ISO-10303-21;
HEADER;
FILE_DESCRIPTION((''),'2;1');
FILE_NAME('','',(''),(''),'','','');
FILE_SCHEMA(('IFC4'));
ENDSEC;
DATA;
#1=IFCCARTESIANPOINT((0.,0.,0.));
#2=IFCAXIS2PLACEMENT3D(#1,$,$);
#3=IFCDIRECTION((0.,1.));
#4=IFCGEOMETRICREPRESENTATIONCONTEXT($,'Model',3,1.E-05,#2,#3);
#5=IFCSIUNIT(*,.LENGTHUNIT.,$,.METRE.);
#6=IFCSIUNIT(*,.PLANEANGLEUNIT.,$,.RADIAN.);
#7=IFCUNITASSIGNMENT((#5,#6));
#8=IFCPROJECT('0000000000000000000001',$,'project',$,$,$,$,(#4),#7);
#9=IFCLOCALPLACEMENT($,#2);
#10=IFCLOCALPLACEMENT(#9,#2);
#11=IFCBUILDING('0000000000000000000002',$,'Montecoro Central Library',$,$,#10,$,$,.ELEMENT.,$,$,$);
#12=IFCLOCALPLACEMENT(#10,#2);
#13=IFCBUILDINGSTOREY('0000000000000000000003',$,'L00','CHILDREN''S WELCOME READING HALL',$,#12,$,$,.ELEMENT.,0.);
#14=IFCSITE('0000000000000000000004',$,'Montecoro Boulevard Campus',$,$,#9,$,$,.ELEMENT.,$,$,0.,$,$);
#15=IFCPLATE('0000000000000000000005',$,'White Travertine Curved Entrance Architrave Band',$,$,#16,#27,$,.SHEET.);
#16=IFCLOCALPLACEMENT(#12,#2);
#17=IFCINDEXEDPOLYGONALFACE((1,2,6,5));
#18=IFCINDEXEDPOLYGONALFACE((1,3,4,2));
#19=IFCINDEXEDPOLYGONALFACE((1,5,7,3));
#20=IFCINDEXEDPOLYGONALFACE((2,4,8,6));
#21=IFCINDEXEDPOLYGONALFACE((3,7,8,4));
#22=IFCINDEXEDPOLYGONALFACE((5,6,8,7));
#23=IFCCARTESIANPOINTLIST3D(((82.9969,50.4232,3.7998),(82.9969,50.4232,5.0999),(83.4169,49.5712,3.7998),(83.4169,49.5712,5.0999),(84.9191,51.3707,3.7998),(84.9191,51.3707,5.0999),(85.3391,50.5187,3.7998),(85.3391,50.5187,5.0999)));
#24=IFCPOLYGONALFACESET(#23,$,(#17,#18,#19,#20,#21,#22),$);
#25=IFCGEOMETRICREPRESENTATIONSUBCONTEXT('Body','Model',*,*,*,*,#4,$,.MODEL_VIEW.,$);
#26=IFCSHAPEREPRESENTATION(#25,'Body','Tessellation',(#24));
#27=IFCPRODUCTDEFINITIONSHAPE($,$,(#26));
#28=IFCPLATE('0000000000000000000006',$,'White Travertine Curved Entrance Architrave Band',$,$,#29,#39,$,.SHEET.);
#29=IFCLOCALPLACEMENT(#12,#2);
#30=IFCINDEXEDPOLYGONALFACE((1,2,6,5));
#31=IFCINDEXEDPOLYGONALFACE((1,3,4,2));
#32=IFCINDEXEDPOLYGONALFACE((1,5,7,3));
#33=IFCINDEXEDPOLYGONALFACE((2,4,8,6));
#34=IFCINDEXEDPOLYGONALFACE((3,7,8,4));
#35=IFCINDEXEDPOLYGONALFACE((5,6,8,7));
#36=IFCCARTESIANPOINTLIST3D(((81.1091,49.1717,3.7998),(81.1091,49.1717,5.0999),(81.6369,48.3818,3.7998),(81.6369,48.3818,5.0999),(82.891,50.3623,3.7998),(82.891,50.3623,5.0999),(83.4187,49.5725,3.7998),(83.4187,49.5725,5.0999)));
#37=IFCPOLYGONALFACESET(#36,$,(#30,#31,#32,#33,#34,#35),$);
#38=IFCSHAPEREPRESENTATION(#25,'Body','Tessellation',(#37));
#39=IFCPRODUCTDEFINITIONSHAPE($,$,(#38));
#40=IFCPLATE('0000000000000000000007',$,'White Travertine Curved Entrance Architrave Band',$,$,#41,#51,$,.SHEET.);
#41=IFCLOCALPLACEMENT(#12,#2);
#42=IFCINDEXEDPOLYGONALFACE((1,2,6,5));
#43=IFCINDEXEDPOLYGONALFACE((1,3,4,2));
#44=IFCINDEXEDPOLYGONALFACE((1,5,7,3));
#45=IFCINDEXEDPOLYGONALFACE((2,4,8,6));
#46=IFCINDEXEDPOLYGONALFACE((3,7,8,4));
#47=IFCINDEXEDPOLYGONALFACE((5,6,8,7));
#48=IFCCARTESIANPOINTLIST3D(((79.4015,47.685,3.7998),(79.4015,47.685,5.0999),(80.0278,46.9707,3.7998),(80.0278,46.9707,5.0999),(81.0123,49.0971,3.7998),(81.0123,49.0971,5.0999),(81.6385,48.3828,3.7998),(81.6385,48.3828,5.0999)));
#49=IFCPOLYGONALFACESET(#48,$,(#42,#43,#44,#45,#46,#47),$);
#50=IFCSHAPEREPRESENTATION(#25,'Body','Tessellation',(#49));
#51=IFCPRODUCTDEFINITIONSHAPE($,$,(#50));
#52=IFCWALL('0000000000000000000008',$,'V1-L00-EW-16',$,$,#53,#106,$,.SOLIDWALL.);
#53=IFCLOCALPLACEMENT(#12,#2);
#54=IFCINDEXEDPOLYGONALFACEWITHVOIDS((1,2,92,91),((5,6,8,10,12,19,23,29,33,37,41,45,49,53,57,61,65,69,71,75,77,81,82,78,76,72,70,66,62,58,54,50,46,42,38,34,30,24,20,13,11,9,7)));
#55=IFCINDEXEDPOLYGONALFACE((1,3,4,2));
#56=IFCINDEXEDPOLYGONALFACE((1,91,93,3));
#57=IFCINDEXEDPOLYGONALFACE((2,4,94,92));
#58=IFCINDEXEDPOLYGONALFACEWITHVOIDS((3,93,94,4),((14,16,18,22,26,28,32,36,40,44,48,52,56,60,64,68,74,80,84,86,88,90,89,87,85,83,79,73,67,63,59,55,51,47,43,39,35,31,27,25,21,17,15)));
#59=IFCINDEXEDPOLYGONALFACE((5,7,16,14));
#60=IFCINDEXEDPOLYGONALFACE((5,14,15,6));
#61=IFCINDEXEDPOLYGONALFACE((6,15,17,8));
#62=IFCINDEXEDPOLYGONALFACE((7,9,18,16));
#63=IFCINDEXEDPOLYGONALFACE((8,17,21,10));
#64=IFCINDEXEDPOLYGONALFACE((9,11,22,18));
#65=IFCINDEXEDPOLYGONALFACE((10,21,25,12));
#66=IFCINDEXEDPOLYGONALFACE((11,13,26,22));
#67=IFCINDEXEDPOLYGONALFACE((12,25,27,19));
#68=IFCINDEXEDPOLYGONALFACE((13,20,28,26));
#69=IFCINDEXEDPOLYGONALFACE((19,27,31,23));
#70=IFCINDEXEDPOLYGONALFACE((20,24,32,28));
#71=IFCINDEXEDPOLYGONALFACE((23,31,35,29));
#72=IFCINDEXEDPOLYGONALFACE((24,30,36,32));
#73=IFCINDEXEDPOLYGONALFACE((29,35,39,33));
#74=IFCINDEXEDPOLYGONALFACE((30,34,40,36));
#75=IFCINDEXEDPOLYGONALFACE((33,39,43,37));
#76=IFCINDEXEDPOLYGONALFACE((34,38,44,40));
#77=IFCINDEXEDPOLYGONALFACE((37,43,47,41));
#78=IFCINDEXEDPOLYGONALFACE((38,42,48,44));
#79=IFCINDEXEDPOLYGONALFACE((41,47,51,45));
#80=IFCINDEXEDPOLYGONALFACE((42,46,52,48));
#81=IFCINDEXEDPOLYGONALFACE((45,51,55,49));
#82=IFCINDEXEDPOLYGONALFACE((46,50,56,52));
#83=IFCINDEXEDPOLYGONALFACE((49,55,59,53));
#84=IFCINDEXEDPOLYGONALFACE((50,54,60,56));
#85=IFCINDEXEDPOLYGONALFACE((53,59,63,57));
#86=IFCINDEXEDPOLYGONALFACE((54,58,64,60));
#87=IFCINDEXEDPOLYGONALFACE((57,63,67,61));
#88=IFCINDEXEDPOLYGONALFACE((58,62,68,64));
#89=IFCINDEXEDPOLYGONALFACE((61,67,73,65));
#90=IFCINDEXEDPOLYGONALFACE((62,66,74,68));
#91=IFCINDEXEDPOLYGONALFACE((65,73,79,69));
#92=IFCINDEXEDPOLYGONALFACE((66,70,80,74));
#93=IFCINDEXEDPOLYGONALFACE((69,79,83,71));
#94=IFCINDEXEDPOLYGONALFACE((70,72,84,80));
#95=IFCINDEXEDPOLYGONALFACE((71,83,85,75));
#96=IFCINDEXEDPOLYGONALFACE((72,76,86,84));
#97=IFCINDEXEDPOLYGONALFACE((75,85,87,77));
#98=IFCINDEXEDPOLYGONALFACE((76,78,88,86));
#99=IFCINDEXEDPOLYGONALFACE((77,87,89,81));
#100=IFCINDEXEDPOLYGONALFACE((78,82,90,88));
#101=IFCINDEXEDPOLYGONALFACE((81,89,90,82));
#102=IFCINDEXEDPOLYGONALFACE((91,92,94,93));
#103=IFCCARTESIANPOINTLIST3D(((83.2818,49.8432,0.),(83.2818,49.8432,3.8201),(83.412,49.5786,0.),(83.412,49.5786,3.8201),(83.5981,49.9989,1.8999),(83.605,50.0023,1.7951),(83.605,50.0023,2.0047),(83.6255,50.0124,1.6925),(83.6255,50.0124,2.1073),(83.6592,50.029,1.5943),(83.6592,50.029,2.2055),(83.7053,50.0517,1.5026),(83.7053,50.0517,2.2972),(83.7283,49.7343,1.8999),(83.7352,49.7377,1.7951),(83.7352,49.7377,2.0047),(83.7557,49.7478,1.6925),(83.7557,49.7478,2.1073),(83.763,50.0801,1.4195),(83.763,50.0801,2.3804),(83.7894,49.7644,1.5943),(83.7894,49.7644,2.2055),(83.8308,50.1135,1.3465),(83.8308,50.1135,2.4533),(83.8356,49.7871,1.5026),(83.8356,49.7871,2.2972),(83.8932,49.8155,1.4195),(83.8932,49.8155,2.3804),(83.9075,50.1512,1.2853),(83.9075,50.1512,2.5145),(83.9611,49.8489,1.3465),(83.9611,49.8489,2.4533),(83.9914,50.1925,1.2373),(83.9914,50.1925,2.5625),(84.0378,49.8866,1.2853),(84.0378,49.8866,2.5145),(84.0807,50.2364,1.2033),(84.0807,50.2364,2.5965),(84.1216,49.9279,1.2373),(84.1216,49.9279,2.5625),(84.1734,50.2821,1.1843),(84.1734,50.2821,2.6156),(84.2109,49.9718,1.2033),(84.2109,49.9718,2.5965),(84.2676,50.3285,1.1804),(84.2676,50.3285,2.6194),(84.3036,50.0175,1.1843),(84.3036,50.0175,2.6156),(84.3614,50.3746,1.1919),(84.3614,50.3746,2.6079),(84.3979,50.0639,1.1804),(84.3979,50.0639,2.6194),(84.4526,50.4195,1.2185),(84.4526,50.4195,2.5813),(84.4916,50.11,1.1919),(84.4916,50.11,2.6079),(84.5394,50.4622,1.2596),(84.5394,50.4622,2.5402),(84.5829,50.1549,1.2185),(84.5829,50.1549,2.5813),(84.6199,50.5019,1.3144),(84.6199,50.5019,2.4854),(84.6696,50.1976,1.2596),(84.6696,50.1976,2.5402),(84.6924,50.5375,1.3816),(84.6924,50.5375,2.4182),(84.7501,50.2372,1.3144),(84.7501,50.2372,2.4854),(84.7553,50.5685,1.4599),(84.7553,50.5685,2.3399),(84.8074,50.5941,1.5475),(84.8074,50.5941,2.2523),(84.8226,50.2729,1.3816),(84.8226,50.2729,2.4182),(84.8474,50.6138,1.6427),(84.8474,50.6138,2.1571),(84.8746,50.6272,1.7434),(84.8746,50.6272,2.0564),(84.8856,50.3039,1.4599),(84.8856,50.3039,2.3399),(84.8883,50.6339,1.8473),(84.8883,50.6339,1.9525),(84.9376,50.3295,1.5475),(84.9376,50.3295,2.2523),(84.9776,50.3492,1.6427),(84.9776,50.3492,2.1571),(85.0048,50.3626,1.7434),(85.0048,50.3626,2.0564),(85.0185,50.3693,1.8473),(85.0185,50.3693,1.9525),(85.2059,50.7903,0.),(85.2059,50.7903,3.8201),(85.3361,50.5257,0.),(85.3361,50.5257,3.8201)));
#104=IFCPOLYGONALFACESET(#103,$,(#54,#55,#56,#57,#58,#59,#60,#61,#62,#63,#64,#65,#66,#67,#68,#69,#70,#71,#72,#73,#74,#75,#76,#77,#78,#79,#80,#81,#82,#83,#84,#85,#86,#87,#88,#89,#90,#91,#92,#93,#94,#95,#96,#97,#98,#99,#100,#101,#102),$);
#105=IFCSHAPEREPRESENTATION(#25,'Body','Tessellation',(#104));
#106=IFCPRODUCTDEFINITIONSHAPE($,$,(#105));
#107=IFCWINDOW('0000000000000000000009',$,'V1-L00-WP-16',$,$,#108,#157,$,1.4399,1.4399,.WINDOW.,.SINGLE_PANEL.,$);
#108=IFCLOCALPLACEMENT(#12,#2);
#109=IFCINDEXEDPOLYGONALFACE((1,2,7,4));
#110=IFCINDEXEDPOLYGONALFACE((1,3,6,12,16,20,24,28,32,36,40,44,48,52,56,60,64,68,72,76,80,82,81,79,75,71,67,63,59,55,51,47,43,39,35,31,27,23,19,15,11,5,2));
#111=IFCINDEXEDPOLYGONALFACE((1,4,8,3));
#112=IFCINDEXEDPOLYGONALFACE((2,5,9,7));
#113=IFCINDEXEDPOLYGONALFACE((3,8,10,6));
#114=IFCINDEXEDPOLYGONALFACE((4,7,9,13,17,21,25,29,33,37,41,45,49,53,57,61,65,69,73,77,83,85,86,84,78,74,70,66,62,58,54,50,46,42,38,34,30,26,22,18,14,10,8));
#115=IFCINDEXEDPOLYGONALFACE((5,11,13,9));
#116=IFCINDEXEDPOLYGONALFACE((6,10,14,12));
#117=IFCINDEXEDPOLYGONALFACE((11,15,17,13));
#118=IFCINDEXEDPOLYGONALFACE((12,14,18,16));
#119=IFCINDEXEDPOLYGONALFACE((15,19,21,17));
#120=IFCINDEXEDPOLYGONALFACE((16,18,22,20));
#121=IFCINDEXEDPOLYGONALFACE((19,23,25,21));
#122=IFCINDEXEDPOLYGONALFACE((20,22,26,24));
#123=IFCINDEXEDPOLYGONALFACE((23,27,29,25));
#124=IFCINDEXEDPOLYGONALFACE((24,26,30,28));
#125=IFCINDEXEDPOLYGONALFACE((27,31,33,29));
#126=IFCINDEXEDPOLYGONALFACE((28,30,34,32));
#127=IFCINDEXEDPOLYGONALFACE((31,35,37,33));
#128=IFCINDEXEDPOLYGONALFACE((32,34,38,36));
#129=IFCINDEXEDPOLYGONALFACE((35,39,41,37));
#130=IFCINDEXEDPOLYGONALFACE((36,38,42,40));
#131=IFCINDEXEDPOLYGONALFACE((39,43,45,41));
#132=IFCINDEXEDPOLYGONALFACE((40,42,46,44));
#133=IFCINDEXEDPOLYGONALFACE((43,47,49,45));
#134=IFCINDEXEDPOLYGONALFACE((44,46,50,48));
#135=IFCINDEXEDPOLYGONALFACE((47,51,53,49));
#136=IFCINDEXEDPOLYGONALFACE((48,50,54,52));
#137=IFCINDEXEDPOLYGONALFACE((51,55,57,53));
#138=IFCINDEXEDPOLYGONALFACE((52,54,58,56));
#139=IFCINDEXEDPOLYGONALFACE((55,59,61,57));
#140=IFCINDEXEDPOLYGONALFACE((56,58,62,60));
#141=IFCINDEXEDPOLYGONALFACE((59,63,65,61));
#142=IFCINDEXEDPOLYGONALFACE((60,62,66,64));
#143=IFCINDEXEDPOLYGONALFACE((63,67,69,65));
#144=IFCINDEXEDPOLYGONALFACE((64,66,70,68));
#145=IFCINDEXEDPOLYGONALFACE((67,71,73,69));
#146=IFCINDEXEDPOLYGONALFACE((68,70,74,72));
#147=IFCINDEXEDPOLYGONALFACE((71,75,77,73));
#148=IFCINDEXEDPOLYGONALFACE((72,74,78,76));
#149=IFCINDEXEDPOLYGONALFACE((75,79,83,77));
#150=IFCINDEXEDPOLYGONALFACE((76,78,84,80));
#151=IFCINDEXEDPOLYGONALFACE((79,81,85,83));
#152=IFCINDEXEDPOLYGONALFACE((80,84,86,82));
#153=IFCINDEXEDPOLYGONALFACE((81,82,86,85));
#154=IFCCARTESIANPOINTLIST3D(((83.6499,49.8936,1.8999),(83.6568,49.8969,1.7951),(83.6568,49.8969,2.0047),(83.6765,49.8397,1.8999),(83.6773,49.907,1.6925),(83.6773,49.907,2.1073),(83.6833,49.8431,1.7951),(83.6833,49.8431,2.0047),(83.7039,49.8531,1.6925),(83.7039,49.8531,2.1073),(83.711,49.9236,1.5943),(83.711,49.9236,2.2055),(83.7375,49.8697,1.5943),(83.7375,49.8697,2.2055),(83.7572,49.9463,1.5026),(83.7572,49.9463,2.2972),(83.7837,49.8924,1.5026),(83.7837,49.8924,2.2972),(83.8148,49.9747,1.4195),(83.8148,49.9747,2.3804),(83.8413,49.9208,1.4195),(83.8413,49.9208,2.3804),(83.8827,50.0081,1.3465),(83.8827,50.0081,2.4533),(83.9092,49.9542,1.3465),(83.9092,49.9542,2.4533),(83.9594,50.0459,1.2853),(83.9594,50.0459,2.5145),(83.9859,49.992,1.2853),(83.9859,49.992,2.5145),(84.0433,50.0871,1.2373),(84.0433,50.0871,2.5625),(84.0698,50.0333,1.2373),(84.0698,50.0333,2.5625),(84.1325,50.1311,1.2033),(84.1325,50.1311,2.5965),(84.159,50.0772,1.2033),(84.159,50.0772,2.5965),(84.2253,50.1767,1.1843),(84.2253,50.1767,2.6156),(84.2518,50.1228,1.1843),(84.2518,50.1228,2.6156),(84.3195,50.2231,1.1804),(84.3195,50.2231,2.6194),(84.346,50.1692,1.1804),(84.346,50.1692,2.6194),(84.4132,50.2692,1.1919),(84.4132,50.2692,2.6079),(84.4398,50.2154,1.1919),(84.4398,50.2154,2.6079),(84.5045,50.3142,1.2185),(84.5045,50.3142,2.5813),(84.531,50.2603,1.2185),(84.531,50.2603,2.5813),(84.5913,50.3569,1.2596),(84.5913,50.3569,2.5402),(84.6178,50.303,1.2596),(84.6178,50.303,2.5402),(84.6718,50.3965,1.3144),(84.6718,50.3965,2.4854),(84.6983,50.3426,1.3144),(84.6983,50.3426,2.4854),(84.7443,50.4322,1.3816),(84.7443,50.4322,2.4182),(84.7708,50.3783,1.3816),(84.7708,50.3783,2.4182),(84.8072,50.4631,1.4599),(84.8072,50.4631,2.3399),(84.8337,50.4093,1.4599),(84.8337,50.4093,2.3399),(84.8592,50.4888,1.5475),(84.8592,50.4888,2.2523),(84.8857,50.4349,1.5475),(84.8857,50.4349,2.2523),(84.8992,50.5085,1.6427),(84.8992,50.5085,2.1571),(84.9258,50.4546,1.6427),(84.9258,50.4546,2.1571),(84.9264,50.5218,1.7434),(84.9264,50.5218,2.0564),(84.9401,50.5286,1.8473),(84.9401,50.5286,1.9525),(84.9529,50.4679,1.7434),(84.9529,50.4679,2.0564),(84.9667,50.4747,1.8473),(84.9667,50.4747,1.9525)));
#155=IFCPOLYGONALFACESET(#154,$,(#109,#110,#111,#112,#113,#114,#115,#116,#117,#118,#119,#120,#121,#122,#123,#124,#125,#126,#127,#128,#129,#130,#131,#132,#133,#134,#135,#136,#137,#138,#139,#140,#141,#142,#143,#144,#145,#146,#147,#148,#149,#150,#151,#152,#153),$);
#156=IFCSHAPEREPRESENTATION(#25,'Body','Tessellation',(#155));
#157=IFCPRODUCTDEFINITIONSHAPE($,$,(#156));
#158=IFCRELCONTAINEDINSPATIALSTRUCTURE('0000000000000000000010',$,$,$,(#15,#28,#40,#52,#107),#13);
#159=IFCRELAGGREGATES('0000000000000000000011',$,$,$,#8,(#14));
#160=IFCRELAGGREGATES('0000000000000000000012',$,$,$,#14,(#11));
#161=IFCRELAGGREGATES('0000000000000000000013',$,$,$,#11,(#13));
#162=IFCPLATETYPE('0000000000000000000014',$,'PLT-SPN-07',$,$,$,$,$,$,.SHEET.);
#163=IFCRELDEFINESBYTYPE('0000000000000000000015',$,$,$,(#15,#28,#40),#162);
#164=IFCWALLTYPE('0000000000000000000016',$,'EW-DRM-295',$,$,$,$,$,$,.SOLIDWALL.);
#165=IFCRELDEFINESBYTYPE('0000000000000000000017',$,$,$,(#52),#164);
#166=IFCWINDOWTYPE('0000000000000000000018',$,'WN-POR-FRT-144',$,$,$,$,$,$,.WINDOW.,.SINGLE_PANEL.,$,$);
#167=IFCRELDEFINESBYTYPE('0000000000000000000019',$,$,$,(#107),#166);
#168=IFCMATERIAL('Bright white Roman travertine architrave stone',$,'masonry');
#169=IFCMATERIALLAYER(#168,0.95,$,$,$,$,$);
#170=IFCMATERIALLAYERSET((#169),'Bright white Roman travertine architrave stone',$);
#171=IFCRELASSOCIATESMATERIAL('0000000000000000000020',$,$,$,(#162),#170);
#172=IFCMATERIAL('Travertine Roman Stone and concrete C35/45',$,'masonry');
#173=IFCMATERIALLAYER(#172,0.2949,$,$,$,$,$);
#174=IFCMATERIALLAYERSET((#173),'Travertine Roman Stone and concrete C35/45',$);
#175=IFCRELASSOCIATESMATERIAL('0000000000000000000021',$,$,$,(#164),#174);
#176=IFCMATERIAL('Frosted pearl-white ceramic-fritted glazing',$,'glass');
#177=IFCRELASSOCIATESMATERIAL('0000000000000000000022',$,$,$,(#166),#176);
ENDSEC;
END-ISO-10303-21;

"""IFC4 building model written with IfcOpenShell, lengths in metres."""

from ifc_helpers import new_model, si_unit, direction, frame, frame_2d, origin, origin_2d, place, context, subcontext, project, spatial, rectangle, circle, extrude, material, layer, layer_set, type_object, element, fill, save


model = new_model("IFC4")

# Units and contexts
model_context = context("Model", 3, precision=1e-05, world=origin(), true_north=direction((0.0, 1.0)))
body_context = subcontext(model_context, "Body", "Model", "MODEL_VIEW")
ifc_project = project(units=[si_unit("LENGTHUNIT", "METRE"), si_unit("PLANEANGLEUNIT", "RADIAN")], contexts=[model_context])

# Site, building, storey
site_placement = place(None, origin())
site = spatial("IfcSite", under=ifc_project, at=site_placement, Name="Montecoro Boulevard Campus", CompositionType="ELEMENT", RefElevation=0.0)
building_placement = place(site_placement, origin())
building = spatial("IfcBuilding", under=site, at=building_placement, Name="Montecoro Central Library", CompositionType="ELEMENT")
storey_placement = place(building_placement, origin())
storey = spatial("IfcBuildingStorey", under=building, at=storey_placement, Name="L00", Description="CHILDREN'S WELCOME READING HALL", CompositionType="ELEMENT", Elevation=0.0)

# Plates
ifc_material_1 = material(Name="Bright white Roman travertine architrave stone", Category="masonry")
ifc_layer_1 = layer(ifc_material_1, 0.95)
ifc_layer_set_1 = layer_set([ifc_layer_1], Name="Bright white Roman travertine architrave stone")
plate_type = type_object("IfcPlateType", Name="PLT-SPN-07", PredefinedType="SHEET", material=ifc_layer_set_1)
for number, where, z_axis, x_axis, name in (
    (1, (84.168, 50.4709, 3.7998), (0.0, 0.0, 1.0), (-0.89695, -0.442132, 0.0), "White Travertine Curved Entrance Architrave Band"),
    (2, (82.2639, 49.3721, 3.7998), (0.0, 0.0, 1.0), (-0.83147, -0.55557, 0.0), "White Travertine Curved Entrance Architrave Band"),
):
    element("IfcPlate", number, at=place(storey_placement, frame(where, z_axis=z_axis, x_axis=x_axis)), inside=storey, type_object=plate_type, Name=name, PredefinedType="SHEET", context=body_context, shape_type="SweptSolid", body=[
        extrude(rectangle(XDim=2.1431, YDim=0.95, at=origin_2d()), origin(), (0.0, 0.0, 1.0), 1.3),
    ])
plate_placement = place(storey_placement, frame((80.52, 48.0339, 3.7998), z_axis=(0.0, 0.0, 1.0), x_axis=(-0.751955, -0.659215, 0.0)))
element("IfcPlate", 3, at=plate_placement, inside=storey, type_object=plate_type, Name="White Travertine Curved Entrance Architrave Band", PredefinedType="SHEET", context=body_context, shape_type="SweptSolid", body=[
    extrude(rectangle(XDim=2.1421, YDim=0.95, at=origin_2d()), origin(), (0.0, 0.0, 1.0), 1.3),
])

# Wall, opening, window
ifc_material_2 = material(Name="Travertine Roman Stone and concrete C35/45", Category="masonry")
ifc_layer_2 = layer(ifc_material_2, 0.2949)
ifc_layer_set_2 = layer_set([ifc_layer_2], Name="Travertine Roman Stone and concrete C35/45")
wall_type_1 = type_object("IfcWallType", Name="EW-DRM-295", PredefinedType="SOLIDWALL", material=ifc_layer_set_2)
wall_1_placement = place(storey_placement, frame((85.271, 50.658, 0.0), z_axis=(0.0, 0.0, 1.0), x_axis=(-0.89721, -0.441604, 0.0)))
wall_1 = element("IfcWall", 4, at=wall_1_placement, inside=storey, type_object=wall_type_1, Name="V1-L00-EW-16", PredefinedType="SOLIDWALL", context=body_context, shape_type="SweptSolid", body=[
    extrude(rectangle(XDim=2.1445, YDim=0.2949, at=frame_2d((1.0723, 0.0))), origin(), (0.0, 0.0, 1.0), 3.8201),
])
opening_1_placement = place(wall_1_placement, frame((0.3521, 0.0, 1.1799)))
opening_1 = element("IfcOpeningElement", 5, at=opening_1_placement, cuts=wall_1, PredefinedType="OPENING", context=body_context, shape_type="SweptSolid", body=[
    extrude(circle(Radius=0.72, at=frame_2d((0.72, 0.72))), frame((0.0, 0.1575, 0.0), z_axis=(0.0, -1.0, 0.0), x_axis=(1.0, 0.0, 0.0)), (0.0, 0.0, 1.0), 0.3149),
])
ifc_material_3 = material(Name="Frosted pearl-white ceramic-fritted glazing", Category="glass")
window_type_1 = type_object("IfcWindowType", Name="WN-POR-FRT-144", PartitioningType="SINGLE_PANEL", PredefinedType="WINDOW", material=ifc_material_3)
window_1_placement = place(opening_1_placement, origin())
window_1 = element("IfcWindow", 6, at=window_1_placement, inside=storey, type_object=window_type_1, Name="V1-L00-WP-16", OverallHeight=1.4399, OverallWidth=1.4399, PartitioningType="SINGLE_PANEL", PredefinedType="WINDOW", context=body_context, shape_type="SweptSolid", body=[
    extrude(circle(Radius=0.72, at=frame_2d((0.72, 0.72))), frame((0.0, 0.03, 0.0), z_axis=(0.0, -1.0, 0.0), x_axis=(1.0, 0.0, 0.0)), (0.0, 0.0, 1.0), 0.0601),
])
fill(opening_1, window_1)

save(model, "model.ifc")
